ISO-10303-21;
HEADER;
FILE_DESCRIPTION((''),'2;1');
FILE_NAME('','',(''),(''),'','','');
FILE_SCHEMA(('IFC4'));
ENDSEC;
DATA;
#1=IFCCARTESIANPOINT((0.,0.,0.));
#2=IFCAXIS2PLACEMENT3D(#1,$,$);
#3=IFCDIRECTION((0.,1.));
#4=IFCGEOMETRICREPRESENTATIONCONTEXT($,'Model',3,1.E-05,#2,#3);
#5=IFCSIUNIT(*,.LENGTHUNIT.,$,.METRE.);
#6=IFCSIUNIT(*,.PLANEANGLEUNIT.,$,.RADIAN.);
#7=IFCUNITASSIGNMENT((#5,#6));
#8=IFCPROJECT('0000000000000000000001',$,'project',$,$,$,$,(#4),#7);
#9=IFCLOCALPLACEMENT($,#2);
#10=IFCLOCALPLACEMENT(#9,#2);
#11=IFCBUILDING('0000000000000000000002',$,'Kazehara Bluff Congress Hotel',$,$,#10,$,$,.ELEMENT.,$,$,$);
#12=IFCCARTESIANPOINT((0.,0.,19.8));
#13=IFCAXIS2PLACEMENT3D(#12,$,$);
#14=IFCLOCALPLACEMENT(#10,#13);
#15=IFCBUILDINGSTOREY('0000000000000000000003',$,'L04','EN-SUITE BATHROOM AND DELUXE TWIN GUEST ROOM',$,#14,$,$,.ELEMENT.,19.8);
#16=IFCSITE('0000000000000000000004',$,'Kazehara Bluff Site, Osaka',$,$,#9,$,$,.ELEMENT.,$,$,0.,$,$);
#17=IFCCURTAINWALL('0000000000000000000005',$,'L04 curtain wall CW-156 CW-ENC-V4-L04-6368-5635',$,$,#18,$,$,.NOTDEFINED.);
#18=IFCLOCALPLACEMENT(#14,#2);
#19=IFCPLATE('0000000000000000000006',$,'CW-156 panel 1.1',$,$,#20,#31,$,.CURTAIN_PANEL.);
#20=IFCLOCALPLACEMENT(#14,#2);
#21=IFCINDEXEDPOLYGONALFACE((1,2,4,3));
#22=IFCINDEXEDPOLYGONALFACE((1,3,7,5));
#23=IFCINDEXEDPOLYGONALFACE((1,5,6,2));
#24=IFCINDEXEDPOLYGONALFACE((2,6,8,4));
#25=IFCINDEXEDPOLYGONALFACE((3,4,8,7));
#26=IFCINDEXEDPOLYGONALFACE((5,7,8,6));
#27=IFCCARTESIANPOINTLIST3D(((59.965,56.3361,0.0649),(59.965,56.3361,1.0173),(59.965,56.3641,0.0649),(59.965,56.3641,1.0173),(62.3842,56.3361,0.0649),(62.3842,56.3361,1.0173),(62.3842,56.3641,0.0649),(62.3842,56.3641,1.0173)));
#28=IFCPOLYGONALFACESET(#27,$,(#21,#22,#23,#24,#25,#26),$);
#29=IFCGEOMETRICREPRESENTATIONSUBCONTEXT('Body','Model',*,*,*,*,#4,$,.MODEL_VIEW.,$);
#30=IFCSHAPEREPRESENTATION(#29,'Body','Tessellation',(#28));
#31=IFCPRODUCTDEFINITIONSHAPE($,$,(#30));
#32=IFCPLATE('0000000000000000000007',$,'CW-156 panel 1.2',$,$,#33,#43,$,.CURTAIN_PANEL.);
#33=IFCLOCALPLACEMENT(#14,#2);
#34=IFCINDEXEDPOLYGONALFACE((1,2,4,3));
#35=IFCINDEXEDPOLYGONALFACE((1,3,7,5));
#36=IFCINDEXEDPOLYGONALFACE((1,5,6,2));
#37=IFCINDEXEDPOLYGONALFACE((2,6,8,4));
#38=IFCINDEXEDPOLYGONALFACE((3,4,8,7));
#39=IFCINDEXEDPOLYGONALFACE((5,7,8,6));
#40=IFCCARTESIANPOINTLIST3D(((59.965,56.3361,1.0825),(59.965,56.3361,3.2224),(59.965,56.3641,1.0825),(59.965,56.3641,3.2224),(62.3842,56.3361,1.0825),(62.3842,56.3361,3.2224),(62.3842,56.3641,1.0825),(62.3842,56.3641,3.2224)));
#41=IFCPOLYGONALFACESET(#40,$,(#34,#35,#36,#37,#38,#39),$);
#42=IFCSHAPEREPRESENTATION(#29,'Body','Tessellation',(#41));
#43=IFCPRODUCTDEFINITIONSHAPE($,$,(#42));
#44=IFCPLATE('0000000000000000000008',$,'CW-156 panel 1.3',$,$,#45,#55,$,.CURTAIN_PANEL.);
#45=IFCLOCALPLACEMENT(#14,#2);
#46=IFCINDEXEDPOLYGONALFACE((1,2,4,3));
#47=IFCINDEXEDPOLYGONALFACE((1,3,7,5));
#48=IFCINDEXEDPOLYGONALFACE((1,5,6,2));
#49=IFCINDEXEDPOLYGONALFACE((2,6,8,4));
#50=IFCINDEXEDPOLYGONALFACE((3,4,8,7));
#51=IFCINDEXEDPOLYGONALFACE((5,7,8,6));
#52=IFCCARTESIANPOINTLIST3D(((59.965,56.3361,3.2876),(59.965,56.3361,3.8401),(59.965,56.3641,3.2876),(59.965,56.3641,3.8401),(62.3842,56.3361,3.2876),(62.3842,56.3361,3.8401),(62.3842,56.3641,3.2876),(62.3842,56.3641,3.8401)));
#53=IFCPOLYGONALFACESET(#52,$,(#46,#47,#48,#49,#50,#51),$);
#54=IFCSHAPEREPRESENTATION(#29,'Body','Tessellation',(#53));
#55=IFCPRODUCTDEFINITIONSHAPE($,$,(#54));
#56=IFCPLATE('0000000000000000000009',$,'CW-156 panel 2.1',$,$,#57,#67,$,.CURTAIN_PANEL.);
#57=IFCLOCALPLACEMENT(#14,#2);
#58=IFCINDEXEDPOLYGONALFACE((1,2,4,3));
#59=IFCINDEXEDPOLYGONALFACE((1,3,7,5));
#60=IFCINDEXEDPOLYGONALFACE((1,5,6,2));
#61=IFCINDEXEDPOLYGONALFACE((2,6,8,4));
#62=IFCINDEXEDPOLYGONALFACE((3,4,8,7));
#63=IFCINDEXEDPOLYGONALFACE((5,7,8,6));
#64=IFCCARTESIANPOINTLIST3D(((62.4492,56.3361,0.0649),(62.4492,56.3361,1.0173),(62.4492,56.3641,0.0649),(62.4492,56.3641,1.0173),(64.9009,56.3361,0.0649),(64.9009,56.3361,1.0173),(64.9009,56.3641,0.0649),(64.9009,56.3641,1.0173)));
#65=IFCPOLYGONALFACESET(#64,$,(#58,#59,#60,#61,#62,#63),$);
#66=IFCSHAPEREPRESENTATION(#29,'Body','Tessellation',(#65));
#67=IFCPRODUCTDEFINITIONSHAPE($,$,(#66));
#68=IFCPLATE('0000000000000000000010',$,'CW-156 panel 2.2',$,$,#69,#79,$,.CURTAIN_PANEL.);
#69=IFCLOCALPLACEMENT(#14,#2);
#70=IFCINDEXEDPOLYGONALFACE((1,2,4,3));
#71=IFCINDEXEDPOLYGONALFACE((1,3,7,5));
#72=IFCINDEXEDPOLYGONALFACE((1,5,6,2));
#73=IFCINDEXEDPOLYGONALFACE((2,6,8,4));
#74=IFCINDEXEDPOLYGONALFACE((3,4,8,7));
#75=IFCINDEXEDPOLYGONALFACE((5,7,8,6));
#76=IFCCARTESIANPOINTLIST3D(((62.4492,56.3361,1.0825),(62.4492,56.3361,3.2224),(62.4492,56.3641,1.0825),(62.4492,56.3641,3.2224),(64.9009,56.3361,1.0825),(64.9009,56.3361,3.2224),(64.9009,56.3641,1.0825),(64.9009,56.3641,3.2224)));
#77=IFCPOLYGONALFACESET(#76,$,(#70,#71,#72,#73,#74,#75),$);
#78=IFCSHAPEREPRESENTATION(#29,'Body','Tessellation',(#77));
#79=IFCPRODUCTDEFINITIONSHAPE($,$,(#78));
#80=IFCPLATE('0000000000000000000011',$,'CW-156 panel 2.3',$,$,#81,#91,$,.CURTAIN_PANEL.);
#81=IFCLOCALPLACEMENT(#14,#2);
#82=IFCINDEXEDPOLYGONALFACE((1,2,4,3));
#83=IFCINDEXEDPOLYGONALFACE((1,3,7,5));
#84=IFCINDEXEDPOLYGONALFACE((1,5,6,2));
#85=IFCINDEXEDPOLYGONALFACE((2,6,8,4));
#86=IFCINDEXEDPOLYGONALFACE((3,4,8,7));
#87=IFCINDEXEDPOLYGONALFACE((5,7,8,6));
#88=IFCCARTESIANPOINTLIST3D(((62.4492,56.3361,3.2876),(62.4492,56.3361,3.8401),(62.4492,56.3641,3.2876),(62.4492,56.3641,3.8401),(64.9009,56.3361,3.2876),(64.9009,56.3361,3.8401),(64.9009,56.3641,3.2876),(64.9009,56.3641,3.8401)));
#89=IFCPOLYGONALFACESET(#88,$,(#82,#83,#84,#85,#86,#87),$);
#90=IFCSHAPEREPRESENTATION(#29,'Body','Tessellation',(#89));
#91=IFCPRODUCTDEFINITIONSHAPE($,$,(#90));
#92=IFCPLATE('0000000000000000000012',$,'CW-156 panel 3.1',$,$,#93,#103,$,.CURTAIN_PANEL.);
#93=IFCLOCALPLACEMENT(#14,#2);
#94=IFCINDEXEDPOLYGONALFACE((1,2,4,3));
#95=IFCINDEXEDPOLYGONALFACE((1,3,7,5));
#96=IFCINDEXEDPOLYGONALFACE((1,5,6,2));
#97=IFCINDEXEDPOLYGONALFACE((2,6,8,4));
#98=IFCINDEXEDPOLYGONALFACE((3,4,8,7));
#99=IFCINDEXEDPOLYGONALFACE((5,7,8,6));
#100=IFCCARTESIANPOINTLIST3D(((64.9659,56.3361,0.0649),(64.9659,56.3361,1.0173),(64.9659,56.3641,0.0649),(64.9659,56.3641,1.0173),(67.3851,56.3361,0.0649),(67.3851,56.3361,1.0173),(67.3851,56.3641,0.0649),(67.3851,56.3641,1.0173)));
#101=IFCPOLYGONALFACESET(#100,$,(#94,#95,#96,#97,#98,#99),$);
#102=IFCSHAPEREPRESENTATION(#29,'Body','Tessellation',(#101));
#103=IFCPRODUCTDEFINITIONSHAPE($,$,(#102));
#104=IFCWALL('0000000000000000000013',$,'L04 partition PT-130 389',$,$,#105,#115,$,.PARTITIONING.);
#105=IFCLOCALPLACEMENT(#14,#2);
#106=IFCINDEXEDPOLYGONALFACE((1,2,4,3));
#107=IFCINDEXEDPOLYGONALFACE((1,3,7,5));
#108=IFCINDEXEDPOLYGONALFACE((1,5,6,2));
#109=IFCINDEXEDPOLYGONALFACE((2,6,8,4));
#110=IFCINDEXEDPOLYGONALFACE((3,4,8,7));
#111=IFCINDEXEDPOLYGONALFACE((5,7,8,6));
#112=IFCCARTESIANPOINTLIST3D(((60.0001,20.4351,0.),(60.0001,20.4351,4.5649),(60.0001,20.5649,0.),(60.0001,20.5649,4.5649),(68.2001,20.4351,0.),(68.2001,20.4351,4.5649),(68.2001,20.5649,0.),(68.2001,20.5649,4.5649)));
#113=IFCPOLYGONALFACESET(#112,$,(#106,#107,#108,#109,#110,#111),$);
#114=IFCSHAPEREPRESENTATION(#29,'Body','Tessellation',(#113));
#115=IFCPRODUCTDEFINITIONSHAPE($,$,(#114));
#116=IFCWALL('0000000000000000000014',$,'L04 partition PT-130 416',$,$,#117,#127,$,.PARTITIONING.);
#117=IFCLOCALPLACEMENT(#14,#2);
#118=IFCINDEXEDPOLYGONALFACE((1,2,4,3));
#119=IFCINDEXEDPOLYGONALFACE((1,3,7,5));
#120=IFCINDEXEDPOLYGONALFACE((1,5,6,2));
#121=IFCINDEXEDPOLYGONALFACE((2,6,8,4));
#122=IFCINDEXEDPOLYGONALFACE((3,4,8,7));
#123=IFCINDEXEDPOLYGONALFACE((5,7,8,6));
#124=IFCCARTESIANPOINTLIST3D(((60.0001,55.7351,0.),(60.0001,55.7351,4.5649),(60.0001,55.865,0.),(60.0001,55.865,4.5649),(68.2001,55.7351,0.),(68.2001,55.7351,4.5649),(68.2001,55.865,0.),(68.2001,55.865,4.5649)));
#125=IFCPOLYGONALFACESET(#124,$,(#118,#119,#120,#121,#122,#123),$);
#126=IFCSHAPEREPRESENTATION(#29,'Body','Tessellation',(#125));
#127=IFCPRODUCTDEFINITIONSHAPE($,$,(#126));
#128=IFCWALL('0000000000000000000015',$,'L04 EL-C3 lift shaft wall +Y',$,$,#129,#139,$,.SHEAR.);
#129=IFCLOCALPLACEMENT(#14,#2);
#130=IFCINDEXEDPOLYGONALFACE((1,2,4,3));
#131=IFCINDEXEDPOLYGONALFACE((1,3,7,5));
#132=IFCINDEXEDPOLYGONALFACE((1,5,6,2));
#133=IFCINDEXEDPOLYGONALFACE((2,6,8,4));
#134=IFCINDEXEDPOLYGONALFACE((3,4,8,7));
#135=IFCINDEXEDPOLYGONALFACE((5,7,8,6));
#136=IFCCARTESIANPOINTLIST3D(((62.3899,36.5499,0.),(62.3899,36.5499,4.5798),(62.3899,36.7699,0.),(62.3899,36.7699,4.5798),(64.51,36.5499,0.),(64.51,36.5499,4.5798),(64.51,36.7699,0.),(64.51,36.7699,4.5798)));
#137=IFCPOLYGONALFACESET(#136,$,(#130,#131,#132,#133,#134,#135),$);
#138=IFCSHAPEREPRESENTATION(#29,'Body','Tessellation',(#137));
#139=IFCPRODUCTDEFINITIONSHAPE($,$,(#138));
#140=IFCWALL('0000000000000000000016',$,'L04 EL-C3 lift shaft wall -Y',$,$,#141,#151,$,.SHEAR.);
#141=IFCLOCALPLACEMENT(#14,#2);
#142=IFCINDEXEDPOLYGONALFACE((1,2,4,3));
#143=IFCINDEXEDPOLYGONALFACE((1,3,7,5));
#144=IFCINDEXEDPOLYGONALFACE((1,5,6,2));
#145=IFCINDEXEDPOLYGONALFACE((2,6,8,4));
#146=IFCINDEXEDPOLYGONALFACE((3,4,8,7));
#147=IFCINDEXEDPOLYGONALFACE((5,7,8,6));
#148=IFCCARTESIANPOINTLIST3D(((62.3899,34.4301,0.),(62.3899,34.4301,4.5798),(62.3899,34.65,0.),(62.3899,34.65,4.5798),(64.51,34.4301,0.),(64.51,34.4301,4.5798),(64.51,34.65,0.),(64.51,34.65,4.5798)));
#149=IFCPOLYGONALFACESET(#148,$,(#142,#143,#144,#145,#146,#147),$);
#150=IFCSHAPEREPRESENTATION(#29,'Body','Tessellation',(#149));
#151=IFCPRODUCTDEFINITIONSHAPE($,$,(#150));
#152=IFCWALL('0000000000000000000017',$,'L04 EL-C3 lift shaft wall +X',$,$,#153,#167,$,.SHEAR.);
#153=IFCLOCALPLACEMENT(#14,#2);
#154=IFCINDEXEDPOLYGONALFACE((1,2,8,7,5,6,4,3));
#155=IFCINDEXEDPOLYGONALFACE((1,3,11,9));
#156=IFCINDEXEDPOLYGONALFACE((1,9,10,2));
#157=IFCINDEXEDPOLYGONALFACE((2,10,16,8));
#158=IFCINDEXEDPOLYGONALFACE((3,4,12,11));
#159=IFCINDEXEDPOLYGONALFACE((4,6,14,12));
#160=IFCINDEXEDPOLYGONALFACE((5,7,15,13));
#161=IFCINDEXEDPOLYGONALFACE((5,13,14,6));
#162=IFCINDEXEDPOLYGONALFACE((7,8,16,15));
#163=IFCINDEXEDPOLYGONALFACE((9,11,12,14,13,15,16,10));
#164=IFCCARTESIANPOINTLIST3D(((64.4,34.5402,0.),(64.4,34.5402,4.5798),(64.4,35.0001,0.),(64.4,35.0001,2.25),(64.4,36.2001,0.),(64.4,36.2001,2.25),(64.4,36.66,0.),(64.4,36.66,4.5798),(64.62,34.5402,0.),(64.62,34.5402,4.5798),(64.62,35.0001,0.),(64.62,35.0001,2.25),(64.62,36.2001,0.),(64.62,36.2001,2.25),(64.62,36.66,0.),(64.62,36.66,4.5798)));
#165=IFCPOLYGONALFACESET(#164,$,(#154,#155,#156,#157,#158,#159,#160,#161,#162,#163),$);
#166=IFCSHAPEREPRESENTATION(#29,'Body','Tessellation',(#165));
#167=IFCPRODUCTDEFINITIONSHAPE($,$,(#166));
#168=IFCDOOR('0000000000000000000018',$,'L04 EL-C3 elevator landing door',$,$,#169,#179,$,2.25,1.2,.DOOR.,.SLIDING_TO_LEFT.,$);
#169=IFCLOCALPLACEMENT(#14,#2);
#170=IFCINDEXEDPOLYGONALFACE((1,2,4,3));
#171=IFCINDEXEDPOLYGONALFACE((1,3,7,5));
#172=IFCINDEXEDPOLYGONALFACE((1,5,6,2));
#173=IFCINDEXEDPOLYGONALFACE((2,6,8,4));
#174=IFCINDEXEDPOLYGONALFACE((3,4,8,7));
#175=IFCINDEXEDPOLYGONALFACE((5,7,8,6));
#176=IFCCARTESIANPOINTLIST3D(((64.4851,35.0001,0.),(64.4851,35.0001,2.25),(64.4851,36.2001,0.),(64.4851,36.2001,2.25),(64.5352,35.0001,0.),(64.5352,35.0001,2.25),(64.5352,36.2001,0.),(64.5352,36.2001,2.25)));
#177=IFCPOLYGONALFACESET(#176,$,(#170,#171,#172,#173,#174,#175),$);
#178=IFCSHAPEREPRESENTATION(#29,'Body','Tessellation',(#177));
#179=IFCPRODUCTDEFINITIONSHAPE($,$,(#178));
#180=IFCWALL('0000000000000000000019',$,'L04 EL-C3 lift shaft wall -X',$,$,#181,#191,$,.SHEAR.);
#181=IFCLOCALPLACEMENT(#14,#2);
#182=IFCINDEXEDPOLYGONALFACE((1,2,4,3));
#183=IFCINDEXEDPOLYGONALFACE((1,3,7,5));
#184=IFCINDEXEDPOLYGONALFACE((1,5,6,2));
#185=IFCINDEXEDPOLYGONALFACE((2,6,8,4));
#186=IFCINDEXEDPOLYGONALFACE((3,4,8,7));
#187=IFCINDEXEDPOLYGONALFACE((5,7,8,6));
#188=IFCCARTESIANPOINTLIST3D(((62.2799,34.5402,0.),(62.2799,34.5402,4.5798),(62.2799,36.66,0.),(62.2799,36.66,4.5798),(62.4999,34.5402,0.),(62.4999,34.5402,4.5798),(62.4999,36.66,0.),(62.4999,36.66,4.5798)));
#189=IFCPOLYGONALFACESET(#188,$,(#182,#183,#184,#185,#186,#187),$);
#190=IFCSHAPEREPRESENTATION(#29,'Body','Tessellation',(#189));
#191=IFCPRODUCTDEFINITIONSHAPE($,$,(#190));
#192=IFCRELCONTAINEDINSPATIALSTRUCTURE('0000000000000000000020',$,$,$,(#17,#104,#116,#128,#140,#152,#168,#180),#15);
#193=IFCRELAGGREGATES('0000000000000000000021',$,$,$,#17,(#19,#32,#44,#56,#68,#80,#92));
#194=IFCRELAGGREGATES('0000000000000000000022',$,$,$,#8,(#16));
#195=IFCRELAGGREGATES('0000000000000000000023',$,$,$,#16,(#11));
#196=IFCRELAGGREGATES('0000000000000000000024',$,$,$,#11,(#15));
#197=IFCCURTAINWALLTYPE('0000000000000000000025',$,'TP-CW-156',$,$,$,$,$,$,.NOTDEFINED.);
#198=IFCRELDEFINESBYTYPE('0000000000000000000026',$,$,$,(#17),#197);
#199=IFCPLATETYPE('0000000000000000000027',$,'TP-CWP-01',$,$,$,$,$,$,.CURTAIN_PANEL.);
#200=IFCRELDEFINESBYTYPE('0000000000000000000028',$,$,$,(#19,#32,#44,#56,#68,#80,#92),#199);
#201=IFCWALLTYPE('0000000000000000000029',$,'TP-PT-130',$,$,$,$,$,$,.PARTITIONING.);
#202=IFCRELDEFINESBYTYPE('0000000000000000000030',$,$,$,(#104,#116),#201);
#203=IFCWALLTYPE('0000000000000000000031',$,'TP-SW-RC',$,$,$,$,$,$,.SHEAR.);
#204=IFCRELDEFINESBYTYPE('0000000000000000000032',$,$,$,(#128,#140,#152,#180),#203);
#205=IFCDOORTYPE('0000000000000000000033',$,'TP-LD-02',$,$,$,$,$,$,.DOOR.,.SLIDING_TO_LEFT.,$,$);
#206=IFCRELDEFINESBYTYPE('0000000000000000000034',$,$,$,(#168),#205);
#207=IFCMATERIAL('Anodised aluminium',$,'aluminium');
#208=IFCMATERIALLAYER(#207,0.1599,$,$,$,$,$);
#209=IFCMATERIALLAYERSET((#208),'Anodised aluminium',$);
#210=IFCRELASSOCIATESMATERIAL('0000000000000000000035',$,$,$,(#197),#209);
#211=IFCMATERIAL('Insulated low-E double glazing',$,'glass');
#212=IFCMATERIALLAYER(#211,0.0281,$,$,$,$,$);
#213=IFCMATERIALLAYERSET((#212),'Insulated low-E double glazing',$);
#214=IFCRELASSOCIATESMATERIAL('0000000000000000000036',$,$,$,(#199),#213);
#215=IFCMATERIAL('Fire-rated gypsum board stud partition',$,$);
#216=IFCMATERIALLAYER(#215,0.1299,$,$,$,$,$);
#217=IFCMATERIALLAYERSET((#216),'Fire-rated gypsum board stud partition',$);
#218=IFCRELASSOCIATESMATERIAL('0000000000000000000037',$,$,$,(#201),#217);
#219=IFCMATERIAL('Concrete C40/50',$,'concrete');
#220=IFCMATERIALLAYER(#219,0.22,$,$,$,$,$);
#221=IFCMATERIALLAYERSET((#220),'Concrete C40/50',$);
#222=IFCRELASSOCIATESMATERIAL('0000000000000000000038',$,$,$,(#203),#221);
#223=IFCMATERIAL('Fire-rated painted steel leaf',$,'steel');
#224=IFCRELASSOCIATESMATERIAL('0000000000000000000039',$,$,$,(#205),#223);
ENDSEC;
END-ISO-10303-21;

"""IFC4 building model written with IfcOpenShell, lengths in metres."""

from ifc_helpers import new_model, si_unit, direction, frame, frame_2d, origin, origin_2d, place, context, subcontext, project, spatial, rectangle, extrude, material, layer, layer_set, type_object, element, fill, aggregate, save


model = new_model("IFC4")

# Units and contexts
model_context = context("Model", 3, precision=1e-05, world=origin(), true_north=direction((0.0, 1.0)))
body_context = subcontext(model_context, "Body", "Model", "MODEL_VIEW")
ifc_project = project(units=[si_unit("LENGTHUNIT", "METRE"), si_unit("PLANEANGLEUNIT", "RADIAN")], contexts=[model_context])

# Site, building, storey
site_placement = place(None, origin())
site = spatial("IfcSite", under=ifc_project, at=site_placement, Name="Kazehara Bluff Site, Osaka", CompositionType="ELEMENT", RefElevation=0.0)
building_placement = place(site_placement, origin())
building = spatial("IfcBuilding", under=site, at=building_placement, Name="Kazehara Bluff Congress Hotel", CompositionType="ELEMENT")
storey_placement = place(building_placement, frame((0.0, 0.0, 19.8)))
storey = spatial("IfcBuildingStorey", under=building, at=storey_placement, Name="L04", Description="EN-SUITE BATHROOM AND DELUXE TWIN GUEST ROOM", CompositionType="ELEMENT", Elevation=19.8)

# Curtain wall
ifc_material_1 = material(Name="Anodised aluminium", Category="aluminium")
ifc_layer_1 = layer(ifc_material_1, 0.1599)
ifc_layer_set_1 = layer_set([ifc_layer_1], Name="Anodised aluminium")
curtain_wall_type = type_object("IfcCurtainWallType", Name="TP-CW-156", PredefinedType="NOTDEFINED", material=ifc_layer_set_1)
curtain_wall_placement = place(storey_placement, origin())
curtain_wall = element("IfcCurtainWall", 1, at=curtain_wall_placement, inside=storey, type_object=curtain_wall_type, Name="L04 curtain wall CW-156 CW-ENC-V4-L04-6368-5635", PredefinedType="NOTDEFINED")

# Plates
ifc_material_2 = material(Name="Insulated low-E double glazing", Category="glass")
ifc_layer_2 = layer(ifc_material_2, 0.0281)
ifc_layer_set_2 = layer_set([ifc_layer_2], Name="Insulated low-E double glazing")
plate_type = type_object("IfcPlateType", Name="TP-CWP-01", PredefinedType="CURTAIN_PANEL", material=ifc_layer_set_2)
plate_1_placement = place(storey_placement, frame((61.1746, 56.3501, 0.0649), z_axis=(0.0, 0.0, 1.0), x_axis=(1.0, 0.0, 0.0)))
plate_1 = element("IfcPlate", 2, at=plate_1_placement, type_object=plate_type, Name="CW-156 panel 1.1", PredefinedType="CURTAIN_PANEL", context=body_context, shape_type="SweptSolid", body=[
    extrude(rectangle(XDim=2.4192, YDim=0.0281, at=origin_2d()), origin(), (0.0, 0.0, 1.0), 0.9524),
])
plate_2_placement = place(storey_placement, frame((61.1746, 56.3501, 1.0825), z_axis=(0.0, 0.0, 1.0), x_axis=(1.0, 0.0, 0.0)))
plate_2 = element("IfcPlate", 3, at=plate_2_placement, type_object=plate_type, Name="CW-156 panel 1.2", PredefinedType="CURTAIN_PANEL", context=body_context, shape_type="SweptSolid", body=[
    extrude(rectangle(XDim=2.4192, YDim=0.0281, at=origin_2d()), origin(), (0.0, 0.0, 1.0), 2.1399),
])
plate_3_placement = place(storey_placement, frame((61.1746, 56.3501, 3.2876), z_axis=(0.0, 0.0, 1.0), x_axis=(1.0, 0.0, 0.0)))
plate_3 = element("IfcPlate", 4, at=plate_3_placement, type_object=plate_type, Name="CW-156 panel 1.3", PredefinedType="CURTAIN_PANEL", context=body_context, shape_type="SweptSolid", body=[
    extrude(rectangle(XDim=2.4192, YDim=0.0281, at=origin_2d()), origin(), (0.0, 0.0, 1.0), 0.5525),
])
plate_4_placement = place(storey_placement, frame((63.675, 56.3501, 0.0649), z_axis=(0.0, 0.0, 1.0), x_axis=(1.0, 0.0, 0.0)))
plate_4 = element("IfcPlate", 5, at=plate_4_placement, type_object=plate_type, Name="CW-156 panel 2.1", PredefinedType="CURTAIN_PANEL", context=body_context, shape_type="SweptSolid", body=[
    extrude(rectangle(XDim=2.4517, YDim=0.0281, at=origin_2d()), origin(), (0.0, 0.0, 1.0), 0.9524),
])
plate_5_placement = place(storey_placement, frame((63.675, 56.3501, 1.0825), z_axis=(0.0, 0.0, 1.0), x_axis=(1.0, 0.0, 0.0)))
plate_5 = element("IfcPlate", 6, at=plate_5_placement, type_object=plate_type, Name="CW-156 panel 2.2", PredefinedType="CURTAIN_PANEL", context=body_context, shape_type="SweptSolid", body=[
    extrude(rectangle(XDim=2.4517, YDim=0.0281, at=origin_2d()), origin(), (0.0, 0.0, 1.0), 2.1399),
])
plate_6_placement = place(storey_placement, frame((63.675, 56.3501, 3.2876), z_axis=(0.0, 0.0, 1.0), x_axis=(1.0, 0.0, 0.0)))
plate_6 = element("IfcPlate", 7, at=plate_6_placement, type_object=plate_type, Name="CW-156 panel 2.3", PredefinedType="CURTAIN_PANEL", context=body_context, shape_type="SweptSolid", body=[
    extrude(rectangle(XDim=2.4517, YDim=0.0281, at=origin_2d()), origin(), (0.0, 0.0, 1.0), 0.5525),
])
plate_7_placement = place(storey_placement, frame((66.1755, 56.3501, 0.0649), z_axis=(0.0, 0.0, 1.0), x_axis=(1.0, 0.0, 0.0)))
plate_7 = element("IfcPlate", 8, at=plate_7_placement, type_object=plate_type, Name="CW-156 panel 3.1", PredefinedType="CURTAIN_PANEL", context=body_context, shape_type="SweptSolid", body=[
    extrude(rectangle(XDim=2.4192, YDim=0.0281, at=origin_2d()), origin(), (0.0, 0.0, 1.0), 0.9524),
])
aggregate(curtain_wall, [plate_1, plate_2, plate_3, plate_4, plate_5, plate_6, plate_7])

# Walls
ifc_material_3 = material(Name="Fire-rated gypsum board stud partition")
ifc_layer_3 = layer(ifc_material_3, 0.1299)
ifc_layer_set_3 = layer_set([ifc_layer_3], Name="Fire-rated gypsum board stud partition")
wall_type_1 = type_object("IfcWallType", Name="TP-PT-130", PredefinedType="PARTITIONING", material=ifc_layer_set_3)
for number, where, z_axis, x_axis, name in (
    (9, (60.0, 20.5, 0.0), (0.0, 0.0, 1.0), (1.0, 0.0, 0.0), "L04 partition PT-130 389"),
    (10, (60.0, 55.8, 0.0), (0.0, 0.0, 1.0), (1.0, 0.0, 0.0), "L04 partition PT-130 416"),
):
    element("IfcWall", number, at=place(storey_placement, frame(where, z_axis=z_axis, x_axis=x_axis)), inside=storey, type_object=wall_type_1, Name=name, PredefinedType="PARTITIONING", context=body_context, shape_type="SweptSolid", body=[
        extrude(rectangle(XDim=8.2, YDim=0.1299, at=frame_2d((4.1001, 0.0))), origin(), (0.0, 0.0, 1.0), 4.5649),
    ])
ifc_material_4 = material(Name="Concrete C40/50", Category="concrete")
ifc_layer_4 = layer(ifc_material_4, 0.22)
ifc_layer_set_4 = layer_set([ifc_layer_4], Name="Concrete C40/50")
wall_type_2 = type_object("IfcWallType", Name="TP-SW-RC", PredefinedType="SHEAR", material=ifc_layer_set_4)
for number, where, z_axis, x_axis, name in (
    (11, (62.3899, 36.6599, 0.0), (0.0, 0.0, 1.0), (1.0, 0.0, 0.0), "L04 EL-C3 lift shaft wall +Y"),
    (12, (62.3899, 34.54, 0.0), (0.0, 0.0, 1.0), (1.0, 0.0, 0.0), "L04 EL-C3 lift shaft wall -Y"),
):
    element("IfcWall", number, at=place(storey_placement, frame(where, z_axis=z_axis, x_axis=x_axis)), inside=storey, type_object=wall_type_2, Name=name, PredefinedType="SHEAR", context=body_context, shape_type="SweptSolid", body=[
        extrude(rectangle(XDim=2.1201, YDim=0.22, at=frame_2d((1.0601, 0.0))), origin(), (0.0, 0.0, 1.0), 4.5798),
    ])

# Wall, opening, door
wall_1_placement = place(storey_placement, frame((64.51, 34.54, 0.0), z_axis=(0.0, 0.0, 1.0), x_axis=(0.0, 1.0, 0.0)))
wall_1 = element("IfcWall", 13, at=wall_1_placement, inside=storey, type_object=wall_type_2, Name="L04 EL-C3 lift shaft wall +X", PredefinedType="SHEAR", context=body_context, shape_type="SweptSolid", body=[
    extrude(rectangle(XDim=2.1199, YDim=0.22, at=frame_2d((1.0601, 0.0))), origin(), (0.0, 0.0, 1.0), 4.5798),
])
opening_placement = place(wall_1_placement, frame((0.46, 0.0, 0.0)))
opening = element("IfcOpeningElement", 14, at=opening_placement, cuts=wall_1, PredefinedType="OPENING", context=body_context, shape_type="SweptSolid", body=[
    extrude(rectangle(XDim=1.2, YDim=2.25, at=frame_2d((0.6001, 1.125))), frame((0.0, 0.1199, 0.0), z_axis=(0.0, -1.0, 0.0), x_axis=(1.0, 0.0, 0.0)), (0.0, 0.0, 1.0), 0.24),
])
ifc_material_5 = material(Name="Fire-rated painted steel leaf", Category="steel")
door_type = type_object("IfcDoorType", Name="TP-LD-02", OperationType="SLIDING_TO_LEFT", PredefinedType="DOOR", material=ifc_material_5)
door_placement = place(opening_placement, origin())
door = element("IfcDoor", 15, at=door_placement, inside=storey, type_object=door_type, Name="L04 EL-C3 elevator landing door", OperationType="SLIDING_TO_LEFT", OverallHeight=2.25, OverallWidth=1.2, PredefinedType="DOOR", context=body_context, shape_type="SweptSolid", body=[
    extrude(rectangle(XDim=1.2, YDim=2.25, at=frame_2d((0.6001, 1.125))), frame((0.0, 0.0249, 0.0), z_axis=(0.0, -1.0, 0.0), x_axis=(1.0, 0.0, 0.0)), (0.0, 0.0, 1.0), 0.05),
])
fill(opening, door)

# Wall
wall_2_placement = place(storey_placement, frame((62.3899, 34.54, 0.0), z_axis=(0.0, 0.0, 1.0), x_axis=(0.0, 1.0, 0.0)))
element("IfcWall", 16, at=wall_2_placement, inside=storey, type_object=wall_type_2, Name="L04 EL-C3 lift shaft wall -X", PredefinedType="SHEAR", context=body_context, shape_type="SweptSolid", body=[
    extrude(rectangle(XDim=2.1199, YDim=0.22, at=frame_2d((1.0601, 0.0))), origin(), (0.0, 0.0, 1.0), 4.5798),
])

save(model, "model.ifc")
